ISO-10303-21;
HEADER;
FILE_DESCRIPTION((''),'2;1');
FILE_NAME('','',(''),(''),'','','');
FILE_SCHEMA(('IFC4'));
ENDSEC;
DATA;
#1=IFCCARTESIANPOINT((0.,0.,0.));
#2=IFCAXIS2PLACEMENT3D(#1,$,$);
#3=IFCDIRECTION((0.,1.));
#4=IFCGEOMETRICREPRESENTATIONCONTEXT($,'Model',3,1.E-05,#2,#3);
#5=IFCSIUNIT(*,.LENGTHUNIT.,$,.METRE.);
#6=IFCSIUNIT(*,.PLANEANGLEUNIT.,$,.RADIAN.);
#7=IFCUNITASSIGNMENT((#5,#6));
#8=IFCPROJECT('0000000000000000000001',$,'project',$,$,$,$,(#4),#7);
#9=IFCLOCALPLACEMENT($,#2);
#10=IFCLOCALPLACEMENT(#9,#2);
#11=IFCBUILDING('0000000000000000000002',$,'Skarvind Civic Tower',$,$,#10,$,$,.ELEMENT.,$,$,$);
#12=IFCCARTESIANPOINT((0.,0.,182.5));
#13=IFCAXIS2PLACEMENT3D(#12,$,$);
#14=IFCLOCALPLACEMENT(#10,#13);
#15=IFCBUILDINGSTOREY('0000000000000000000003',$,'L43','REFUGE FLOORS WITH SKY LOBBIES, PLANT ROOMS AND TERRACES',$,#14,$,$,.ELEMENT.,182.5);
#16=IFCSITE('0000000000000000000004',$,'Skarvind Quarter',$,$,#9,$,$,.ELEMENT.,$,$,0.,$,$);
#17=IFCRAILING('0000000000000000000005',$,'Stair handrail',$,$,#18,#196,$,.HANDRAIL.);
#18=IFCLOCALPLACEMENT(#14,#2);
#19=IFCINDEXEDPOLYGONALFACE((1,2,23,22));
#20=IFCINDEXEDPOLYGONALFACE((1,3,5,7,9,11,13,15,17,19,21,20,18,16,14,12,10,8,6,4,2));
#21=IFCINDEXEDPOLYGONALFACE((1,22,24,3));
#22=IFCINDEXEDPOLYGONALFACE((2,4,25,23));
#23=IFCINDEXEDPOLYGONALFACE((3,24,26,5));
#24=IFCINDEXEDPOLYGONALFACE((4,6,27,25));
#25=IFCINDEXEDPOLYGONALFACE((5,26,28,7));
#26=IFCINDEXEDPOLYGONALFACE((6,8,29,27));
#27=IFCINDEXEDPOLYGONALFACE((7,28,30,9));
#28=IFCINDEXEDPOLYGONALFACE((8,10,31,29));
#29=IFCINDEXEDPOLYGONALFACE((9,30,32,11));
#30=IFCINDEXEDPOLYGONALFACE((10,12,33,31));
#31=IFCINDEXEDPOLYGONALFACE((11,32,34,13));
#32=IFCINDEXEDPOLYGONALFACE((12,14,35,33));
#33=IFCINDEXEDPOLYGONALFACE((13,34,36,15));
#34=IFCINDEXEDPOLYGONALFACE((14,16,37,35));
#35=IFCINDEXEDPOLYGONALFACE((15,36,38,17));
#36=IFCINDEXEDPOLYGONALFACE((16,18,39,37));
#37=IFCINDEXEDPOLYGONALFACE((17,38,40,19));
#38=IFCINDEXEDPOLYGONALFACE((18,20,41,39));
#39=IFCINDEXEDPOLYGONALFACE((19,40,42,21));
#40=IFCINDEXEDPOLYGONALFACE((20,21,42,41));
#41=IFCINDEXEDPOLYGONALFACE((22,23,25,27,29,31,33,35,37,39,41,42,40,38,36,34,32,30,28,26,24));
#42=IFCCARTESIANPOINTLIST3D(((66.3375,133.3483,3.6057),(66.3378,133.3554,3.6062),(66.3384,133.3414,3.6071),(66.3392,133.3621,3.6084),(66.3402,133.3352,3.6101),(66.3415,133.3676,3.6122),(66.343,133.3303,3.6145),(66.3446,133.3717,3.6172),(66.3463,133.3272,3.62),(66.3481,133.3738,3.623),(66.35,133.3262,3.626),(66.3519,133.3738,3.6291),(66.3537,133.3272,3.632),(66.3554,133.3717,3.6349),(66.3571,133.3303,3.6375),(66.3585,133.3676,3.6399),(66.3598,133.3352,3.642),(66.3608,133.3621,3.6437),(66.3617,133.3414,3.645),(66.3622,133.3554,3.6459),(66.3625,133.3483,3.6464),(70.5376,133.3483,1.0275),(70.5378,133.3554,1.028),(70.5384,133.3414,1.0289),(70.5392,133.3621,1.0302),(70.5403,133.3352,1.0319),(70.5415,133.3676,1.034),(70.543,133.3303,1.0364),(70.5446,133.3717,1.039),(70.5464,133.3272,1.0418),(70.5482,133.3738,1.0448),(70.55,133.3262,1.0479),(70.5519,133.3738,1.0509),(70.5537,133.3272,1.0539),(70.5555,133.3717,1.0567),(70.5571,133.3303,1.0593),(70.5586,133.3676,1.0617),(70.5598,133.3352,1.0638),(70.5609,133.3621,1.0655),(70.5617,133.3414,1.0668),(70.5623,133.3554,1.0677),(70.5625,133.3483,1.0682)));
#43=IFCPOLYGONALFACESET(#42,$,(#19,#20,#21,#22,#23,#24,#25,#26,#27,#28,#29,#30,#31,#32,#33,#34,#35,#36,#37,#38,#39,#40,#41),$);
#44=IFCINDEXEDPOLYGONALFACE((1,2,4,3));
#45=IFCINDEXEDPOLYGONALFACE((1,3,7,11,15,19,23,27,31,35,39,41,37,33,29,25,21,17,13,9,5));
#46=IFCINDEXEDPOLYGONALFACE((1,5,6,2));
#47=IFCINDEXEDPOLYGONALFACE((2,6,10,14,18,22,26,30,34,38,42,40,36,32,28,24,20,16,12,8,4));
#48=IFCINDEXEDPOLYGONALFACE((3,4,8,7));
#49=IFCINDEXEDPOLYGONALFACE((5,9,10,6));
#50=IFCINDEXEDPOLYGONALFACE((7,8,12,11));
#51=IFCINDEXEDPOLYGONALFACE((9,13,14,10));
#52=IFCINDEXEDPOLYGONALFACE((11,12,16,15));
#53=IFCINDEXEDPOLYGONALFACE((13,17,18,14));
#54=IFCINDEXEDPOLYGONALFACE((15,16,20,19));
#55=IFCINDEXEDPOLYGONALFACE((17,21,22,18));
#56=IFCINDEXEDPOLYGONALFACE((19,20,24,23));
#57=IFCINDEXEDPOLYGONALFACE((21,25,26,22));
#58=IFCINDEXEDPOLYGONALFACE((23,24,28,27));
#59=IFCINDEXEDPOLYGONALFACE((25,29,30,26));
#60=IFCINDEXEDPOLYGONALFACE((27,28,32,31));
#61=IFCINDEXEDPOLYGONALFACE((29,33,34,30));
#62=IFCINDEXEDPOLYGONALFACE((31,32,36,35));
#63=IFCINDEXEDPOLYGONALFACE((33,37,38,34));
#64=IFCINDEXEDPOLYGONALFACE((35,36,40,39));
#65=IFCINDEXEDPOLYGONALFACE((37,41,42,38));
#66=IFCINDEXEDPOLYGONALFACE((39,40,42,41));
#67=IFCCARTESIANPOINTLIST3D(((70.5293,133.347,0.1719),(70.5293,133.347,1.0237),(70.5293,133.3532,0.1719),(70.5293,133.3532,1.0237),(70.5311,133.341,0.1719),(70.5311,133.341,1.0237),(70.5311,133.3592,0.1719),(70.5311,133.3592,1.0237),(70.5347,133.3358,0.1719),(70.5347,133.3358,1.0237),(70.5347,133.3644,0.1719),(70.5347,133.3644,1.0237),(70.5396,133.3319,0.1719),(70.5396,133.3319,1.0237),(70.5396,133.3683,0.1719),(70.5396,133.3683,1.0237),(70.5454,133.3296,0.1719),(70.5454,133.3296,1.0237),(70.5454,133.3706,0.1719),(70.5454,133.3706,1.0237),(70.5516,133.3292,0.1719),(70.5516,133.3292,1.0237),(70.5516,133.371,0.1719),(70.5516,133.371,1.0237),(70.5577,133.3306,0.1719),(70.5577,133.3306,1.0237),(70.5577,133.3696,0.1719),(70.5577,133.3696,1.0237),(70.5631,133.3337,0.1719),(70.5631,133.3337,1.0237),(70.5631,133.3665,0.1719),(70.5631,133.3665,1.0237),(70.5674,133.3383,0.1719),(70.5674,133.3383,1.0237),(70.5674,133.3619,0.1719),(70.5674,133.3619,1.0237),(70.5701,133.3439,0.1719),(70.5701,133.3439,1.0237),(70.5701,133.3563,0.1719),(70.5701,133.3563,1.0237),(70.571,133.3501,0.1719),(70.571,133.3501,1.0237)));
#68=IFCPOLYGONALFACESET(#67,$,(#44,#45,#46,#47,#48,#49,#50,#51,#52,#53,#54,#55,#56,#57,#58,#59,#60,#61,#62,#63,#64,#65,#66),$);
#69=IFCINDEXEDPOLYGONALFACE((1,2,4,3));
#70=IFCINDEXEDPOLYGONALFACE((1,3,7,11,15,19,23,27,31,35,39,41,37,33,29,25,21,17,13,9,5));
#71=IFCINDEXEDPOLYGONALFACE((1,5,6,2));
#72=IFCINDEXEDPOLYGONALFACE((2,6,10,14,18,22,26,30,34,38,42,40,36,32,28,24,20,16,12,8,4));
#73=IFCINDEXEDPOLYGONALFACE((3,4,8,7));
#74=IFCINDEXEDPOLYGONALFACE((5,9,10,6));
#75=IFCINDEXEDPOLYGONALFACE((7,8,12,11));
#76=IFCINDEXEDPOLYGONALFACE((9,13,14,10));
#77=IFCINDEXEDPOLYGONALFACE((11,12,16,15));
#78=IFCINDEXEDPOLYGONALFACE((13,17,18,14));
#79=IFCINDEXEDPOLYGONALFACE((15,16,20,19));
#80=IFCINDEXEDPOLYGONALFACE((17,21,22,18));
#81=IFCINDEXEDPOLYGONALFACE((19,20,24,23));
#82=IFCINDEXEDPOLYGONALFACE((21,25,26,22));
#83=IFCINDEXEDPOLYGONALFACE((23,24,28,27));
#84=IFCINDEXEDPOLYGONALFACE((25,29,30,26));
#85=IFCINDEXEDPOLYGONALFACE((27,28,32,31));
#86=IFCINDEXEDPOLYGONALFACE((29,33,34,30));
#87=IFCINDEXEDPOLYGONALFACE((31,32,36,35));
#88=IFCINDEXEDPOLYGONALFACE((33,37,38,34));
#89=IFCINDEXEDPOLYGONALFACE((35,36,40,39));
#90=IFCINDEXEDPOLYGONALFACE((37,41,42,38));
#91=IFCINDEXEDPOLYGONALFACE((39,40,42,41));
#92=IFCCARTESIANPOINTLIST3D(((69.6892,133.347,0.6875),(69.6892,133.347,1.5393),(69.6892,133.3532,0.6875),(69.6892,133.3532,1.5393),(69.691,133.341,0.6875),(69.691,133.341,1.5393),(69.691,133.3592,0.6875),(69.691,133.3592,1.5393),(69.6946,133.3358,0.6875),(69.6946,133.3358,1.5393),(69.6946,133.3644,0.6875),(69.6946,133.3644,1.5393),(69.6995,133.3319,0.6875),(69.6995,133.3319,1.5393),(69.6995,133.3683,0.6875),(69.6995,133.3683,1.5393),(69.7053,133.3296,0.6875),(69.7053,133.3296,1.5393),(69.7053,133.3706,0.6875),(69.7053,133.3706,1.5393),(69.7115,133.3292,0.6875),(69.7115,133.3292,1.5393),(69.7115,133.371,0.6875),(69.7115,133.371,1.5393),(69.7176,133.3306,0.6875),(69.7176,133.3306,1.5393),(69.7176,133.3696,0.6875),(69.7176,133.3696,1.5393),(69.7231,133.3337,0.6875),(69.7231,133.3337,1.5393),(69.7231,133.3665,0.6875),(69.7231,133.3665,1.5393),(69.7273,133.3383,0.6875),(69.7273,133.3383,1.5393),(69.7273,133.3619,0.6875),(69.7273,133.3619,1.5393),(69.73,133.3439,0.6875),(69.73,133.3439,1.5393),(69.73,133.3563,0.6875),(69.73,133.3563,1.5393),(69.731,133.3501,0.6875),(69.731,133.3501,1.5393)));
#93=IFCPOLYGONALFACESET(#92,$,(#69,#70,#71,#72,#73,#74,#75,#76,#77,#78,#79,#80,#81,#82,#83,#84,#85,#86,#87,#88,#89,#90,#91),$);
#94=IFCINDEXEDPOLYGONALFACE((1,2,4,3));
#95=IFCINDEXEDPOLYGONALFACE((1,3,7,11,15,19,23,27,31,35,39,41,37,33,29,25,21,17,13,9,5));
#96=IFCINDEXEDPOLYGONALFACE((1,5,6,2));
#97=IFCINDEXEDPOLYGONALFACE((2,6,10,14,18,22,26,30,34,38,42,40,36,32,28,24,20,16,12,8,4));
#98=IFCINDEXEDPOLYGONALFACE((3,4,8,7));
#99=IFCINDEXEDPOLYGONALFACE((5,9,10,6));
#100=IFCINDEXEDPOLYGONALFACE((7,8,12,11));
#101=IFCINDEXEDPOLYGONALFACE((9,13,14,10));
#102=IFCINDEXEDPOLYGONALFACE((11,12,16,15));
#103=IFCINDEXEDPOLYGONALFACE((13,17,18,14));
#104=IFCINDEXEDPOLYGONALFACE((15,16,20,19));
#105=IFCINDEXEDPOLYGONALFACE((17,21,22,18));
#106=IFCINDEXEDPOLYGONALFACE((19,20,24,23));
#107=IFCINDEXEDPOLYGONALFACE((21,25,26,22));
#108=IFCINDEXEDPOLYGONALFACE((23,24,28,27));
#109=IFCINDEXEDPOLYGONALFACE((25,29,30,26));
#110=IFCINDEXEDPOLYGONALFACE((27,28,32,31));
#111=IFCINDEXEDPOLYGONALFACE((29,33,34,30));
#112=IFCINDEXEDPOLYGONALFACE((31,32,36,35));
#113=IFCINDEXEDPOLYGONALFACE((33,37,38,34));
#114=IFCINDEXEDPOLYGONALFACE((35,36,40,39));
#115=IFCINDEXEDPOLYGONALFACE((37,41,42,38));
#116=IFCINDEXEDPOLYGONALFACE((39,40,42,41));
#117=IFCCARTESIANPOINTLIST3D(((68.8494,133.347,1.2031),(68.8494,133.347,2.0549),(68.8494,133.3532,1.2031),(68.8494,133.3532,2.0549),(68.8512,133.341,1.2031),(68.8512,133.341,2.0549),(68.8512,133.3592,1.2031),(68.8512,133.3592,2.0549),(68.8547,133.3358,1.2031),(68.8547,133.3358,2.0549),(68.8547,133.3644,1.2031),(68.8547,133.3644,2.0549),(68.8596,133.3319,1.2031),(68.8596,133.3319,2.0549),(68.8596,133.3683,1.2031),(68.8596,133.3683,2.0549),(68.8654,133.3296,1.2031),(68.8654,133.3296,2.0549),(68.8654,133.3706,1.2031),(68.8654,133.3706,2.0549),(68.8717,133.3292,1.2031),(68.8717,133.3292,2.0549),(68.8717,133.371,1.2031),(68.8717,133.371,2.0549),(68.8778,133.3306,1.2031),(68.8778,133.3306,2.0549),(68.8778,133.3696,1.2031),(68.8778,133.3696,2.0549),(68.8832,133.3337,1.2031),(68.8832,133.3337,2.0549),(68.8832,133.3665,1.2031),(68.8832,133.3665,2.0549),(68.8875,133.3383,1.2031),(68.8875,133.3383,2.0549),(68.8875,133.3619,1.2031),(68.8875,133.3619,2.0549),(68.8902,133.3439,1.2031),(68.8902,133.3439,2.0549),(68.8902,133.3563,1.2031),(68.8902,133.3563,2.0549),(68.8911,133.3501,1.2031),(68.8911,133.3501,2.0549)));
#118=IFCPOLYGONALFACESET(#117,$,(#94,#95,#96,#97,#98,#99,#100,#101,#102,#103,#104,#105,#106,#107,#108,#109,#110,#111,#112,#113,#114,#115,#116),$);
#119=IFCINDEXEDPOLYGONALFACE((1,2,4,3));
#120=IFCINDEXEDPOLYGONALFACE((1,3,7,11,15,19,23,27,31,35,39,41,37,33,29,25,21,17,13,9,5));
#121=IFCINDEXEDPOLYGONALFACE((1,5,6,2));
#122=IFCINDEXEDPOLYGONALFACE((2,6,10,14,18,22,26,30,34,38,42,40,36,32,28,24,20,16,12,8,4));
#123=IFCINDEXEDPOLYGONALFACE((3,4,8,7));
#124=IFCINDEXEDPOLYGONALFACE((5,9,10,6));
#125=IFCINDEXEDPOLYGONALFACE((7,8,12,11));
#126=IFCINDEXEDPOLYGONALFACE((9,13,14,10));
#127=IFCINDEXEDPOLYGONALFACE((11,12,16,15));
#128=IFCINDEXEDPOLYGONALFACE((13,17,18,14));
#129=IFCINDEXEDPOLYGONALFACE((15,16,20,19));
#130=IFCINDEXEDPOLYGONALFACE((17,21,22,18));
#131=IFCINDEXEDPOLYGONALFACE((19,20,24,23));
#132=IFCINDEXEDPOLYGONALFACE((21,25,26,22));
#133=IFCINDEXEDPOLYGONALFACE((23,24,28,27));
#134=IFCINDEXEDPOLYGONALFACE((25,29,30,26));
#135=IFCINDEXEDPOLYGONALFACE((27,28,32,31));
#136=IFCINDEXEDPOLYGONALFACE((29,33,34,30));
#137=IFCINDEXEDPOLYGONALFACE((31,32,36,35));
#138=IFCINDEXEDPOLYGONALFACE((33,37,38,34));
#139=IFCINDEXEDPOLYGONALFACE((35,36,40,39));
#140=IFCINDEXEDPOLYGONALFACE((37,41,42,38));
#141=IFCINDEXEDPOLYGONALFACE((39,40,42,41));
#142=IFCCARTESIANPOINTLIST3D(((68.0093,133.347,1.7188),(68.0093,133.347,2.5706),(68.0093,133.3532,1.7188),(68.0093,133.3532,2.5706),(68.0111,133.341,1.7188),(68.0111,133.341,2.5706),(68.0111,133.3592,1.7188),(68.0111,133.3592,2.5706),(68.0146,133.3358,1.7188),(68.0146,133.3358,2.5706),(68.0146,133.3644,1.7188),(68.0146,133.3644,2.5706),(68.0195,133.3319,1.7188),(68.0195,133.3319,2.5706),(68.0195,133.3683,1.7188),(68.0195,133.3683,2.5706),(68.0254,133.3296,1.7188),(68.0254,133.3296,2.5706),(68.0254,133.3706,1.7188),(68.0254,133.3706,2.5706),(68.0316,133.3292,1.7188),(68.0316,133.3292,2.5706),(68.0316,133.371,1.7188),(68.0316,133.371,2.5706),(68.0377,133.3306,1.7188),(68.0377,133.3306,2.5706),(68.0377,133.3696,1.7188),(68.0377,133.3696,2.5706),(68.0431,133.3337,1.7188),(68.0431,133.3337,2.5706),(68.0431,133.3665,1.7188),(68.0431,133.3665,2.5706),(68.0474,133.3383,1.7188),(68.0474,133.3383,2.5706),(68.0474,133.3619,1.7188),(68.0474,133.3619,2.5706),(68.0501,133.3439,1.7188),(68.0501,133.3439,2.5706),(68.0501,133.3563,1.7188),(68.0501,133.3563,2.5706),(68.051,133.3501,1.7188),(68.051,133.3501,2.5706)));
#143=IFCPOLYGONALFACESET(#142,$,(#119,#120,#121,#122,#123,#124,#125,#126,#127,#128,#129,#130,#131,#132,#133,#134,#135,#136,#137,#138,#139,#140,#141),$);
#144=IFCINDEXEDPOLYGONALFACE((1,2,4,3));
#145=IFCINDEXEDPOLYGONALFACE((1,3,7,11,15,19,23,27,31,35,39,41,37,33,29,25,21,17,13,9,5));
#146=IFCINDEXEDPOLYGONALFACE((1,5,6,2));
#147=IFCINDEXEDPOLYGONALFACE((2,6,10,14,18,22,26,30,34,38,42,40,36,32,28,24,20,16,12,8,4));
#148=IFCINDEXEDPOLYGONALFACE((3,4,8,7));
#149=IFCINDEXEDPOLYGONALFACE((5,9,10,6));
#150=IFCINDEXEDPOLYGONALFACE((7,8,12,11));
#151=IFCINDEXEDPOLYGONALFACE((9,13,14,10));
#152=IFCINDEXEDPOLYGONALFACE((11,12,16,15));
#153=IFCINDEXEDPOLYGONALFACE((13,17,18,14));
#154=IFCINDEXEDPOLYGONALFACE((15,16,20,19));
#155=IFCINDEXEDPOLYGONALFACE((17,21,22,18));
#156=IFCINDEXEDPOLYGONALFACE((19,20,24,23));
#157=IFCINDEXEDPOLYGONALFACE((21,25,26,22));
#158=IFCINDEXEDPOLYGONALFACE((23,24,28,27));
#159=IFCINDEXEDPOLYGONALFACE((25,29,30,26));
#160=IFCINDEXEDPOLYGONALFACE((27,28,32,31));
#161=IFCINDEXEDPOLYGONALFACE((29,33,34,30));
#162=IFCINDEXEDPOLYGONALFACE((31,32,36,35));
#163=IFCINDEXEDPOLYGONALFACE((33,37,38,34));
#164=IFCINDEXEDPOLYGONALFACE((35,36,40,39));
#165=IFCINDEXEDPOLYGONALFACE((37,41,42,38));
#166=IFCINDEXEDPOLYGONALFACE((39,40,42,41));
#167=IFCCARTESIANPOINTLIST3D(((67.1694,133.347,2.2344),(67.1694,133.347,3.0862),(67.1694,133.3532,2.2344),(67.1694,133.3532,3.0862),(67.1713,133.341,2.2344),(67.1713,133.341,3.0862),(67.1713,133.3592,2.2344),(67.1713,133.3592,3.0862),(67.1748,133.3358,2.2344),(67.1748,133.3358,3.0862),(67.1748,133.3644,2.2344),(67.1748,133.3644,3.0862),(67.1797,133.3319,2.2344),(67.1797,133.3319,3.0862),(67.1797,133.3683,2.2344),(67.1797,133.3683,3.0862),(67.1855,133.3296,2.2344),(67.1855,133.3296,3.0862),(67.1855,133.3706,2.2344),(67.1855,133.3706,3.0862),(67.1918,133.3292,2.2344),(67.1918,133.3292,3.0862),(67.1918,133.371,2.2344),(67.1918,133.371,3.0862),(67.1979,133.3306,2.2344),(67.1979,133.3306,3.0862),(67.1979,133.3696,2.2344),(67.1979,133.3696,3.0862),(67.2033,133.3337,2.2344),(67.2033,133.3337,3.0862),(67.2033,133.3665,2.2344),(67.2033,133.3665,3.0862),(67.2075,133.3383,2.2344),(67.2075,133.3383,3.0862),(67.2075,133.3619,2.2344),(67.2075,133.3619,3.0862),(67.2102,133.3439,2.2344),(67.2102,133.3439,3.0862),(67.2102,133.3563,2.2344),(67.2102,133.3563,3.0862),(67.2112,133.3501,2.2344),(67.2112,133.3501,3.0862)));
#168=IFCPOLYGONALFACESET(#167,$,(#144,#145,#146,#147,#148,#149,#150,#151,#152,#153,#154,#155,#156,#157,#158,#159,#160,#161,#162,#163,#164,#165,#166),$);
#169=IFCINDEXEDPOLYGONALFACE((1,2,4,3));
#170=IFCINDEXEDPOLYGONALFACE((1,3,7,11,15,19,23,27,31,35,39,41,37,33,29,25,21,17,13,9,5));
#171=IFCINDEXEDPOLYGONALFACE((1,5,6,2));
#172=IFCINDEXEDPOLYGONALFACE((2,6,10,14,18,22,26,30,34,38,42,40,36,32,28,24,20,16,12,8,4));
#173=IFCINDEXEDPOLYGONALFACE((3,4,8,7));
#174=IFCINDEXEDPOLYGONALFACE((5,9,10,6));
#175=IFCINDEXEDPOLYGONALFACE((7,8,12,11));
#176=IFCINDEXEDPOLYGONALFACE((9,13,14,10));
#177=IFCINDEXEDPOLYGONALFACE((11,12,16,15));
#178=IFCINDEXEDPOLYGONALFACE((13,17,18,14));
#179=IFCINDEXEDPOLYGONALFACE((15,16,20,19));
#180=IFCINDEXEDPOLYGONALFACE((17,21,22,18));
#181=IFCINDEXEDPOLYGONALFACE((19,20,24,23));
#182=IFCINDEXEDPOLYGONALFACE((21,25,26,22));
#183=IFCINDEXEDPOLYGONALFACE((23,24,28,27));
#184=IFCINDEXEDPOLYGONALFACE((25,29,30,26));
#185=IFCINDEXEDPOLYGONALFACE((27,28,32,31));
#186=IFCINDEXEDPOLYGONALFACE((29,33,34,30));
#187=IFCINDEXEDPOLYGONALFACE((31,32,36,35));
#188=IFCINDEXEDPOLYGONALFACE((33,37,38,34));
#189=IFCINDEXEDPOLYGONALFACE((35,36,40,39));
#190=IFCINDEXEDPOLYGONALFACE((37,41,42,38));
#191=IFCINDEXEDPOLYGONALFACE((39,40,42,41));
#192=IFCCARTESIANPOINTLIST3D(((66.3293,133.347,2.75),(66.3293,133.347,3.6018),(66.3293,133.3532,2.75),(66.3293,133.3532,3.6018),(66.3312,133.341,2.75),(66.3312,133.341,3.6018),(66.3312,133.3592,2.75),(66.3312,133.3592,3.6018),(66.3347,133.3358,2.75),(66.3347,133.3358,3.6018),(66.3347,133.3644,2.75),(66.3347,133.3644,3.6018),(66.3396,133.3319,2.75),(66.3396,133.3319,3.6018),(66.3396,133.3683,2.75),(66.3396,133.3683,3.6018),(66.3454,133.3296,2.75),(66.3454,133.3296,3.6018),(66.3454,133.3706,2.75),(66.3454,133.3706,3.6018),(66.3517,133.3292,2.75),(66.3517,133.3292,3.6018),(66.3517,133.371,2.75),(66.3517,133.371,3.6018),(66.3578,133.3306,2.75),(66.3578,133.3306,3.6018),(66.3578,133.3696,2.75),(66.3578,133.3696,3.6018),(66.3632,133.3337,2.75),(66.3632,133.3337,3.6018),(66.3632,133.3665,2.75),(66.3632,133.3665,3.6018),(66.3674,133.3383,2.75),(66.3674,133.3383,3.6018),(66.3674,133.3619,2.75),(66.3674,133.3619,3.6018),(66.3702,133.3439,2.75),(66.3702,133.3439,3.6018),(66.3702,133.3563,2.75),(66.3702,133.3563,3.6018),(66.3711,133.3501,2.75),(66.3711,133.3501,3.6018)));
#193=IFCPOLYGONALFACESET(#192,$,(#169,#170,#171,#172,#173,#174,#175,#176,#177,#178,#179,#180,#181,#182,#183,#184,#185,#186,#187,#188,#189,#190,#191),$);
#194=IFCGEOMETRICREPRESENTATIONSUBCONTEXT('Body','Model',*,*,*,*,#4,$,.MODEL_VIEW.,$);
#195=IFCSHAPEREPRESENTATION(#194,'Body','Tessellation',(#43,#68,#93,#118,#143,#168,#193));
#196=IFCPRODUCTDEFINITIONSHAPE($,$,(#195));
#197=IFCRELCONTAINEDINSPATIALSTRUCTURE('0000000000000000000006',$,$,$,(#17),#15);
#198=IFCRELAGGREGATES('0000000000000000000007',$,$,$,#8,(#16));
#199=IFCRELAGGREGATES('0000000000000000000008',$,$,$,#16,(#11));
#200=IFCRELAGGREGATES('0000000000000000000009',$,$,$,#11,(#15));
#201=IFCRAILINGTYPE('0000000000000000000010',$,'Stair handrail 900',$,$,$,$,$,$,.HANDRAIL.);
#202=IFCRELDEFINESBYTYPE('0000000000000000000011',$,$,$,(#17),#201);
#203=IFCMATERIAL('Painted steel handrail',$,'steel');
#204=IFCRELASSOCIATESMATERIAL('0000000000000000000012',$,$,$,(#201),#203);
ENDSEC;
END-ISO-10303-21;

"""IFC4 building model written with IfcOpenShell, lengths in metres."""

from ifc_helpers import new_model, si_unit, direction, frame, origin, origin_2d, place, context, subcontext, project, spatial, circle, extrude, material, type_object, element, save


model = new_model("IFC4")

# Units and contexts
model_context = context("Model", 3, precision=1e-05, world=origin(), true_north=direction((0.0, 1.0)))
body_context = subcontext(model_context, "Body", "Model", "MODEL_VIEW")
ifc_project = project(units=[si_unit("LENGTHUNIT", "METRE"), si_unit("PLANEANGLEUNIT", "RADIAN")], contexts=[model_context])

# Site, building, storey
site_placement = place(None, origin())
site = spatial("IfcSite", under=ifc_project, at=site_placement, Name="Skarvind Quarter", CompositionType="ELEMENT", RefElevation=0.0)
building_placement = place(site_placement, origin())
building = spatial("IfcBuilding", under=site, at=building_placement, Name="Skarvind Civic Tower", CompositionType="ELEMENT")
storey_placement = place(building_placement, frame((0.0, 0.0, 182.5)))
storey = spatial("IfcBuildingStorey", under=building, at=storey_placement, Name="L43", Description="REFUGE FLOORS WITH SKY LOBBIES, PLANT ROOMS AND TERRACES", CompositionType="ELEMENT", Elevation=182.5)

# Railing
ifc_material_1 = material(Name="Painted steel handrail", Category="steel")
railing_type = type_object("IfcRailingType", Name="Stair handrail 900", PredefinedType="HANDRAIL", material=ifc_material_1)
railing_1_placement = place(storey_placement, frame((70.55, 133.3501, 0.1719)))
element("IfcRailing", 1, at=railing_1_placement, inside=storey, type_object=railing_type, Name="Stair handrail", PredefinedType="HANDRAIL", context=body_context, shape_type="SweptSolid", body=[
    extrude(circle(Radius=0.0239, at=origin_2d()), frame((0.0, 0.0, 0.876), z_axis=(-0.852243, 0.0, 0.523146), x_axis=(0.0, -1.0, 0.0)), (0.0, 0.0, 1.0), 4.9282),
    extrude(circle(Radius=0.021, at=origin_2d()), origin(), (0.0, 0.0, 1.0), 0.8518),
    extrude(circle(Radius=0.021, at=origin_2d()), frame((-0.8401, 0.0, 0.5156)), (0.0, 0.0, 1.0), 0.8518),
    extrude(circle(Radius=0.021, at=origin_2d()), frame((-1.6799, 0.0, 1.0312)), (0.0, 0.0, 1.0), 0.8518),
    extrude(circle(Radius=0.021, at=origin_2d()), frame((-2.52, 0.0, 1.5469)), (0.0, 0.0, 1.0), 0.8518),
    extrude(circle(Radius=0.021, at=origin_2d()), frame((-3.3599, 0.0, 2.0625)), (0.0, 0.0, 1.0), 0.8518),
    extrude(circle(Radius=0.021, at=origin_2d()), frame((-4.2, 0.0, 2.5781)), (0.0, 0.0, 1.0), 0.8518),
])

save(model, "model.ifc")
